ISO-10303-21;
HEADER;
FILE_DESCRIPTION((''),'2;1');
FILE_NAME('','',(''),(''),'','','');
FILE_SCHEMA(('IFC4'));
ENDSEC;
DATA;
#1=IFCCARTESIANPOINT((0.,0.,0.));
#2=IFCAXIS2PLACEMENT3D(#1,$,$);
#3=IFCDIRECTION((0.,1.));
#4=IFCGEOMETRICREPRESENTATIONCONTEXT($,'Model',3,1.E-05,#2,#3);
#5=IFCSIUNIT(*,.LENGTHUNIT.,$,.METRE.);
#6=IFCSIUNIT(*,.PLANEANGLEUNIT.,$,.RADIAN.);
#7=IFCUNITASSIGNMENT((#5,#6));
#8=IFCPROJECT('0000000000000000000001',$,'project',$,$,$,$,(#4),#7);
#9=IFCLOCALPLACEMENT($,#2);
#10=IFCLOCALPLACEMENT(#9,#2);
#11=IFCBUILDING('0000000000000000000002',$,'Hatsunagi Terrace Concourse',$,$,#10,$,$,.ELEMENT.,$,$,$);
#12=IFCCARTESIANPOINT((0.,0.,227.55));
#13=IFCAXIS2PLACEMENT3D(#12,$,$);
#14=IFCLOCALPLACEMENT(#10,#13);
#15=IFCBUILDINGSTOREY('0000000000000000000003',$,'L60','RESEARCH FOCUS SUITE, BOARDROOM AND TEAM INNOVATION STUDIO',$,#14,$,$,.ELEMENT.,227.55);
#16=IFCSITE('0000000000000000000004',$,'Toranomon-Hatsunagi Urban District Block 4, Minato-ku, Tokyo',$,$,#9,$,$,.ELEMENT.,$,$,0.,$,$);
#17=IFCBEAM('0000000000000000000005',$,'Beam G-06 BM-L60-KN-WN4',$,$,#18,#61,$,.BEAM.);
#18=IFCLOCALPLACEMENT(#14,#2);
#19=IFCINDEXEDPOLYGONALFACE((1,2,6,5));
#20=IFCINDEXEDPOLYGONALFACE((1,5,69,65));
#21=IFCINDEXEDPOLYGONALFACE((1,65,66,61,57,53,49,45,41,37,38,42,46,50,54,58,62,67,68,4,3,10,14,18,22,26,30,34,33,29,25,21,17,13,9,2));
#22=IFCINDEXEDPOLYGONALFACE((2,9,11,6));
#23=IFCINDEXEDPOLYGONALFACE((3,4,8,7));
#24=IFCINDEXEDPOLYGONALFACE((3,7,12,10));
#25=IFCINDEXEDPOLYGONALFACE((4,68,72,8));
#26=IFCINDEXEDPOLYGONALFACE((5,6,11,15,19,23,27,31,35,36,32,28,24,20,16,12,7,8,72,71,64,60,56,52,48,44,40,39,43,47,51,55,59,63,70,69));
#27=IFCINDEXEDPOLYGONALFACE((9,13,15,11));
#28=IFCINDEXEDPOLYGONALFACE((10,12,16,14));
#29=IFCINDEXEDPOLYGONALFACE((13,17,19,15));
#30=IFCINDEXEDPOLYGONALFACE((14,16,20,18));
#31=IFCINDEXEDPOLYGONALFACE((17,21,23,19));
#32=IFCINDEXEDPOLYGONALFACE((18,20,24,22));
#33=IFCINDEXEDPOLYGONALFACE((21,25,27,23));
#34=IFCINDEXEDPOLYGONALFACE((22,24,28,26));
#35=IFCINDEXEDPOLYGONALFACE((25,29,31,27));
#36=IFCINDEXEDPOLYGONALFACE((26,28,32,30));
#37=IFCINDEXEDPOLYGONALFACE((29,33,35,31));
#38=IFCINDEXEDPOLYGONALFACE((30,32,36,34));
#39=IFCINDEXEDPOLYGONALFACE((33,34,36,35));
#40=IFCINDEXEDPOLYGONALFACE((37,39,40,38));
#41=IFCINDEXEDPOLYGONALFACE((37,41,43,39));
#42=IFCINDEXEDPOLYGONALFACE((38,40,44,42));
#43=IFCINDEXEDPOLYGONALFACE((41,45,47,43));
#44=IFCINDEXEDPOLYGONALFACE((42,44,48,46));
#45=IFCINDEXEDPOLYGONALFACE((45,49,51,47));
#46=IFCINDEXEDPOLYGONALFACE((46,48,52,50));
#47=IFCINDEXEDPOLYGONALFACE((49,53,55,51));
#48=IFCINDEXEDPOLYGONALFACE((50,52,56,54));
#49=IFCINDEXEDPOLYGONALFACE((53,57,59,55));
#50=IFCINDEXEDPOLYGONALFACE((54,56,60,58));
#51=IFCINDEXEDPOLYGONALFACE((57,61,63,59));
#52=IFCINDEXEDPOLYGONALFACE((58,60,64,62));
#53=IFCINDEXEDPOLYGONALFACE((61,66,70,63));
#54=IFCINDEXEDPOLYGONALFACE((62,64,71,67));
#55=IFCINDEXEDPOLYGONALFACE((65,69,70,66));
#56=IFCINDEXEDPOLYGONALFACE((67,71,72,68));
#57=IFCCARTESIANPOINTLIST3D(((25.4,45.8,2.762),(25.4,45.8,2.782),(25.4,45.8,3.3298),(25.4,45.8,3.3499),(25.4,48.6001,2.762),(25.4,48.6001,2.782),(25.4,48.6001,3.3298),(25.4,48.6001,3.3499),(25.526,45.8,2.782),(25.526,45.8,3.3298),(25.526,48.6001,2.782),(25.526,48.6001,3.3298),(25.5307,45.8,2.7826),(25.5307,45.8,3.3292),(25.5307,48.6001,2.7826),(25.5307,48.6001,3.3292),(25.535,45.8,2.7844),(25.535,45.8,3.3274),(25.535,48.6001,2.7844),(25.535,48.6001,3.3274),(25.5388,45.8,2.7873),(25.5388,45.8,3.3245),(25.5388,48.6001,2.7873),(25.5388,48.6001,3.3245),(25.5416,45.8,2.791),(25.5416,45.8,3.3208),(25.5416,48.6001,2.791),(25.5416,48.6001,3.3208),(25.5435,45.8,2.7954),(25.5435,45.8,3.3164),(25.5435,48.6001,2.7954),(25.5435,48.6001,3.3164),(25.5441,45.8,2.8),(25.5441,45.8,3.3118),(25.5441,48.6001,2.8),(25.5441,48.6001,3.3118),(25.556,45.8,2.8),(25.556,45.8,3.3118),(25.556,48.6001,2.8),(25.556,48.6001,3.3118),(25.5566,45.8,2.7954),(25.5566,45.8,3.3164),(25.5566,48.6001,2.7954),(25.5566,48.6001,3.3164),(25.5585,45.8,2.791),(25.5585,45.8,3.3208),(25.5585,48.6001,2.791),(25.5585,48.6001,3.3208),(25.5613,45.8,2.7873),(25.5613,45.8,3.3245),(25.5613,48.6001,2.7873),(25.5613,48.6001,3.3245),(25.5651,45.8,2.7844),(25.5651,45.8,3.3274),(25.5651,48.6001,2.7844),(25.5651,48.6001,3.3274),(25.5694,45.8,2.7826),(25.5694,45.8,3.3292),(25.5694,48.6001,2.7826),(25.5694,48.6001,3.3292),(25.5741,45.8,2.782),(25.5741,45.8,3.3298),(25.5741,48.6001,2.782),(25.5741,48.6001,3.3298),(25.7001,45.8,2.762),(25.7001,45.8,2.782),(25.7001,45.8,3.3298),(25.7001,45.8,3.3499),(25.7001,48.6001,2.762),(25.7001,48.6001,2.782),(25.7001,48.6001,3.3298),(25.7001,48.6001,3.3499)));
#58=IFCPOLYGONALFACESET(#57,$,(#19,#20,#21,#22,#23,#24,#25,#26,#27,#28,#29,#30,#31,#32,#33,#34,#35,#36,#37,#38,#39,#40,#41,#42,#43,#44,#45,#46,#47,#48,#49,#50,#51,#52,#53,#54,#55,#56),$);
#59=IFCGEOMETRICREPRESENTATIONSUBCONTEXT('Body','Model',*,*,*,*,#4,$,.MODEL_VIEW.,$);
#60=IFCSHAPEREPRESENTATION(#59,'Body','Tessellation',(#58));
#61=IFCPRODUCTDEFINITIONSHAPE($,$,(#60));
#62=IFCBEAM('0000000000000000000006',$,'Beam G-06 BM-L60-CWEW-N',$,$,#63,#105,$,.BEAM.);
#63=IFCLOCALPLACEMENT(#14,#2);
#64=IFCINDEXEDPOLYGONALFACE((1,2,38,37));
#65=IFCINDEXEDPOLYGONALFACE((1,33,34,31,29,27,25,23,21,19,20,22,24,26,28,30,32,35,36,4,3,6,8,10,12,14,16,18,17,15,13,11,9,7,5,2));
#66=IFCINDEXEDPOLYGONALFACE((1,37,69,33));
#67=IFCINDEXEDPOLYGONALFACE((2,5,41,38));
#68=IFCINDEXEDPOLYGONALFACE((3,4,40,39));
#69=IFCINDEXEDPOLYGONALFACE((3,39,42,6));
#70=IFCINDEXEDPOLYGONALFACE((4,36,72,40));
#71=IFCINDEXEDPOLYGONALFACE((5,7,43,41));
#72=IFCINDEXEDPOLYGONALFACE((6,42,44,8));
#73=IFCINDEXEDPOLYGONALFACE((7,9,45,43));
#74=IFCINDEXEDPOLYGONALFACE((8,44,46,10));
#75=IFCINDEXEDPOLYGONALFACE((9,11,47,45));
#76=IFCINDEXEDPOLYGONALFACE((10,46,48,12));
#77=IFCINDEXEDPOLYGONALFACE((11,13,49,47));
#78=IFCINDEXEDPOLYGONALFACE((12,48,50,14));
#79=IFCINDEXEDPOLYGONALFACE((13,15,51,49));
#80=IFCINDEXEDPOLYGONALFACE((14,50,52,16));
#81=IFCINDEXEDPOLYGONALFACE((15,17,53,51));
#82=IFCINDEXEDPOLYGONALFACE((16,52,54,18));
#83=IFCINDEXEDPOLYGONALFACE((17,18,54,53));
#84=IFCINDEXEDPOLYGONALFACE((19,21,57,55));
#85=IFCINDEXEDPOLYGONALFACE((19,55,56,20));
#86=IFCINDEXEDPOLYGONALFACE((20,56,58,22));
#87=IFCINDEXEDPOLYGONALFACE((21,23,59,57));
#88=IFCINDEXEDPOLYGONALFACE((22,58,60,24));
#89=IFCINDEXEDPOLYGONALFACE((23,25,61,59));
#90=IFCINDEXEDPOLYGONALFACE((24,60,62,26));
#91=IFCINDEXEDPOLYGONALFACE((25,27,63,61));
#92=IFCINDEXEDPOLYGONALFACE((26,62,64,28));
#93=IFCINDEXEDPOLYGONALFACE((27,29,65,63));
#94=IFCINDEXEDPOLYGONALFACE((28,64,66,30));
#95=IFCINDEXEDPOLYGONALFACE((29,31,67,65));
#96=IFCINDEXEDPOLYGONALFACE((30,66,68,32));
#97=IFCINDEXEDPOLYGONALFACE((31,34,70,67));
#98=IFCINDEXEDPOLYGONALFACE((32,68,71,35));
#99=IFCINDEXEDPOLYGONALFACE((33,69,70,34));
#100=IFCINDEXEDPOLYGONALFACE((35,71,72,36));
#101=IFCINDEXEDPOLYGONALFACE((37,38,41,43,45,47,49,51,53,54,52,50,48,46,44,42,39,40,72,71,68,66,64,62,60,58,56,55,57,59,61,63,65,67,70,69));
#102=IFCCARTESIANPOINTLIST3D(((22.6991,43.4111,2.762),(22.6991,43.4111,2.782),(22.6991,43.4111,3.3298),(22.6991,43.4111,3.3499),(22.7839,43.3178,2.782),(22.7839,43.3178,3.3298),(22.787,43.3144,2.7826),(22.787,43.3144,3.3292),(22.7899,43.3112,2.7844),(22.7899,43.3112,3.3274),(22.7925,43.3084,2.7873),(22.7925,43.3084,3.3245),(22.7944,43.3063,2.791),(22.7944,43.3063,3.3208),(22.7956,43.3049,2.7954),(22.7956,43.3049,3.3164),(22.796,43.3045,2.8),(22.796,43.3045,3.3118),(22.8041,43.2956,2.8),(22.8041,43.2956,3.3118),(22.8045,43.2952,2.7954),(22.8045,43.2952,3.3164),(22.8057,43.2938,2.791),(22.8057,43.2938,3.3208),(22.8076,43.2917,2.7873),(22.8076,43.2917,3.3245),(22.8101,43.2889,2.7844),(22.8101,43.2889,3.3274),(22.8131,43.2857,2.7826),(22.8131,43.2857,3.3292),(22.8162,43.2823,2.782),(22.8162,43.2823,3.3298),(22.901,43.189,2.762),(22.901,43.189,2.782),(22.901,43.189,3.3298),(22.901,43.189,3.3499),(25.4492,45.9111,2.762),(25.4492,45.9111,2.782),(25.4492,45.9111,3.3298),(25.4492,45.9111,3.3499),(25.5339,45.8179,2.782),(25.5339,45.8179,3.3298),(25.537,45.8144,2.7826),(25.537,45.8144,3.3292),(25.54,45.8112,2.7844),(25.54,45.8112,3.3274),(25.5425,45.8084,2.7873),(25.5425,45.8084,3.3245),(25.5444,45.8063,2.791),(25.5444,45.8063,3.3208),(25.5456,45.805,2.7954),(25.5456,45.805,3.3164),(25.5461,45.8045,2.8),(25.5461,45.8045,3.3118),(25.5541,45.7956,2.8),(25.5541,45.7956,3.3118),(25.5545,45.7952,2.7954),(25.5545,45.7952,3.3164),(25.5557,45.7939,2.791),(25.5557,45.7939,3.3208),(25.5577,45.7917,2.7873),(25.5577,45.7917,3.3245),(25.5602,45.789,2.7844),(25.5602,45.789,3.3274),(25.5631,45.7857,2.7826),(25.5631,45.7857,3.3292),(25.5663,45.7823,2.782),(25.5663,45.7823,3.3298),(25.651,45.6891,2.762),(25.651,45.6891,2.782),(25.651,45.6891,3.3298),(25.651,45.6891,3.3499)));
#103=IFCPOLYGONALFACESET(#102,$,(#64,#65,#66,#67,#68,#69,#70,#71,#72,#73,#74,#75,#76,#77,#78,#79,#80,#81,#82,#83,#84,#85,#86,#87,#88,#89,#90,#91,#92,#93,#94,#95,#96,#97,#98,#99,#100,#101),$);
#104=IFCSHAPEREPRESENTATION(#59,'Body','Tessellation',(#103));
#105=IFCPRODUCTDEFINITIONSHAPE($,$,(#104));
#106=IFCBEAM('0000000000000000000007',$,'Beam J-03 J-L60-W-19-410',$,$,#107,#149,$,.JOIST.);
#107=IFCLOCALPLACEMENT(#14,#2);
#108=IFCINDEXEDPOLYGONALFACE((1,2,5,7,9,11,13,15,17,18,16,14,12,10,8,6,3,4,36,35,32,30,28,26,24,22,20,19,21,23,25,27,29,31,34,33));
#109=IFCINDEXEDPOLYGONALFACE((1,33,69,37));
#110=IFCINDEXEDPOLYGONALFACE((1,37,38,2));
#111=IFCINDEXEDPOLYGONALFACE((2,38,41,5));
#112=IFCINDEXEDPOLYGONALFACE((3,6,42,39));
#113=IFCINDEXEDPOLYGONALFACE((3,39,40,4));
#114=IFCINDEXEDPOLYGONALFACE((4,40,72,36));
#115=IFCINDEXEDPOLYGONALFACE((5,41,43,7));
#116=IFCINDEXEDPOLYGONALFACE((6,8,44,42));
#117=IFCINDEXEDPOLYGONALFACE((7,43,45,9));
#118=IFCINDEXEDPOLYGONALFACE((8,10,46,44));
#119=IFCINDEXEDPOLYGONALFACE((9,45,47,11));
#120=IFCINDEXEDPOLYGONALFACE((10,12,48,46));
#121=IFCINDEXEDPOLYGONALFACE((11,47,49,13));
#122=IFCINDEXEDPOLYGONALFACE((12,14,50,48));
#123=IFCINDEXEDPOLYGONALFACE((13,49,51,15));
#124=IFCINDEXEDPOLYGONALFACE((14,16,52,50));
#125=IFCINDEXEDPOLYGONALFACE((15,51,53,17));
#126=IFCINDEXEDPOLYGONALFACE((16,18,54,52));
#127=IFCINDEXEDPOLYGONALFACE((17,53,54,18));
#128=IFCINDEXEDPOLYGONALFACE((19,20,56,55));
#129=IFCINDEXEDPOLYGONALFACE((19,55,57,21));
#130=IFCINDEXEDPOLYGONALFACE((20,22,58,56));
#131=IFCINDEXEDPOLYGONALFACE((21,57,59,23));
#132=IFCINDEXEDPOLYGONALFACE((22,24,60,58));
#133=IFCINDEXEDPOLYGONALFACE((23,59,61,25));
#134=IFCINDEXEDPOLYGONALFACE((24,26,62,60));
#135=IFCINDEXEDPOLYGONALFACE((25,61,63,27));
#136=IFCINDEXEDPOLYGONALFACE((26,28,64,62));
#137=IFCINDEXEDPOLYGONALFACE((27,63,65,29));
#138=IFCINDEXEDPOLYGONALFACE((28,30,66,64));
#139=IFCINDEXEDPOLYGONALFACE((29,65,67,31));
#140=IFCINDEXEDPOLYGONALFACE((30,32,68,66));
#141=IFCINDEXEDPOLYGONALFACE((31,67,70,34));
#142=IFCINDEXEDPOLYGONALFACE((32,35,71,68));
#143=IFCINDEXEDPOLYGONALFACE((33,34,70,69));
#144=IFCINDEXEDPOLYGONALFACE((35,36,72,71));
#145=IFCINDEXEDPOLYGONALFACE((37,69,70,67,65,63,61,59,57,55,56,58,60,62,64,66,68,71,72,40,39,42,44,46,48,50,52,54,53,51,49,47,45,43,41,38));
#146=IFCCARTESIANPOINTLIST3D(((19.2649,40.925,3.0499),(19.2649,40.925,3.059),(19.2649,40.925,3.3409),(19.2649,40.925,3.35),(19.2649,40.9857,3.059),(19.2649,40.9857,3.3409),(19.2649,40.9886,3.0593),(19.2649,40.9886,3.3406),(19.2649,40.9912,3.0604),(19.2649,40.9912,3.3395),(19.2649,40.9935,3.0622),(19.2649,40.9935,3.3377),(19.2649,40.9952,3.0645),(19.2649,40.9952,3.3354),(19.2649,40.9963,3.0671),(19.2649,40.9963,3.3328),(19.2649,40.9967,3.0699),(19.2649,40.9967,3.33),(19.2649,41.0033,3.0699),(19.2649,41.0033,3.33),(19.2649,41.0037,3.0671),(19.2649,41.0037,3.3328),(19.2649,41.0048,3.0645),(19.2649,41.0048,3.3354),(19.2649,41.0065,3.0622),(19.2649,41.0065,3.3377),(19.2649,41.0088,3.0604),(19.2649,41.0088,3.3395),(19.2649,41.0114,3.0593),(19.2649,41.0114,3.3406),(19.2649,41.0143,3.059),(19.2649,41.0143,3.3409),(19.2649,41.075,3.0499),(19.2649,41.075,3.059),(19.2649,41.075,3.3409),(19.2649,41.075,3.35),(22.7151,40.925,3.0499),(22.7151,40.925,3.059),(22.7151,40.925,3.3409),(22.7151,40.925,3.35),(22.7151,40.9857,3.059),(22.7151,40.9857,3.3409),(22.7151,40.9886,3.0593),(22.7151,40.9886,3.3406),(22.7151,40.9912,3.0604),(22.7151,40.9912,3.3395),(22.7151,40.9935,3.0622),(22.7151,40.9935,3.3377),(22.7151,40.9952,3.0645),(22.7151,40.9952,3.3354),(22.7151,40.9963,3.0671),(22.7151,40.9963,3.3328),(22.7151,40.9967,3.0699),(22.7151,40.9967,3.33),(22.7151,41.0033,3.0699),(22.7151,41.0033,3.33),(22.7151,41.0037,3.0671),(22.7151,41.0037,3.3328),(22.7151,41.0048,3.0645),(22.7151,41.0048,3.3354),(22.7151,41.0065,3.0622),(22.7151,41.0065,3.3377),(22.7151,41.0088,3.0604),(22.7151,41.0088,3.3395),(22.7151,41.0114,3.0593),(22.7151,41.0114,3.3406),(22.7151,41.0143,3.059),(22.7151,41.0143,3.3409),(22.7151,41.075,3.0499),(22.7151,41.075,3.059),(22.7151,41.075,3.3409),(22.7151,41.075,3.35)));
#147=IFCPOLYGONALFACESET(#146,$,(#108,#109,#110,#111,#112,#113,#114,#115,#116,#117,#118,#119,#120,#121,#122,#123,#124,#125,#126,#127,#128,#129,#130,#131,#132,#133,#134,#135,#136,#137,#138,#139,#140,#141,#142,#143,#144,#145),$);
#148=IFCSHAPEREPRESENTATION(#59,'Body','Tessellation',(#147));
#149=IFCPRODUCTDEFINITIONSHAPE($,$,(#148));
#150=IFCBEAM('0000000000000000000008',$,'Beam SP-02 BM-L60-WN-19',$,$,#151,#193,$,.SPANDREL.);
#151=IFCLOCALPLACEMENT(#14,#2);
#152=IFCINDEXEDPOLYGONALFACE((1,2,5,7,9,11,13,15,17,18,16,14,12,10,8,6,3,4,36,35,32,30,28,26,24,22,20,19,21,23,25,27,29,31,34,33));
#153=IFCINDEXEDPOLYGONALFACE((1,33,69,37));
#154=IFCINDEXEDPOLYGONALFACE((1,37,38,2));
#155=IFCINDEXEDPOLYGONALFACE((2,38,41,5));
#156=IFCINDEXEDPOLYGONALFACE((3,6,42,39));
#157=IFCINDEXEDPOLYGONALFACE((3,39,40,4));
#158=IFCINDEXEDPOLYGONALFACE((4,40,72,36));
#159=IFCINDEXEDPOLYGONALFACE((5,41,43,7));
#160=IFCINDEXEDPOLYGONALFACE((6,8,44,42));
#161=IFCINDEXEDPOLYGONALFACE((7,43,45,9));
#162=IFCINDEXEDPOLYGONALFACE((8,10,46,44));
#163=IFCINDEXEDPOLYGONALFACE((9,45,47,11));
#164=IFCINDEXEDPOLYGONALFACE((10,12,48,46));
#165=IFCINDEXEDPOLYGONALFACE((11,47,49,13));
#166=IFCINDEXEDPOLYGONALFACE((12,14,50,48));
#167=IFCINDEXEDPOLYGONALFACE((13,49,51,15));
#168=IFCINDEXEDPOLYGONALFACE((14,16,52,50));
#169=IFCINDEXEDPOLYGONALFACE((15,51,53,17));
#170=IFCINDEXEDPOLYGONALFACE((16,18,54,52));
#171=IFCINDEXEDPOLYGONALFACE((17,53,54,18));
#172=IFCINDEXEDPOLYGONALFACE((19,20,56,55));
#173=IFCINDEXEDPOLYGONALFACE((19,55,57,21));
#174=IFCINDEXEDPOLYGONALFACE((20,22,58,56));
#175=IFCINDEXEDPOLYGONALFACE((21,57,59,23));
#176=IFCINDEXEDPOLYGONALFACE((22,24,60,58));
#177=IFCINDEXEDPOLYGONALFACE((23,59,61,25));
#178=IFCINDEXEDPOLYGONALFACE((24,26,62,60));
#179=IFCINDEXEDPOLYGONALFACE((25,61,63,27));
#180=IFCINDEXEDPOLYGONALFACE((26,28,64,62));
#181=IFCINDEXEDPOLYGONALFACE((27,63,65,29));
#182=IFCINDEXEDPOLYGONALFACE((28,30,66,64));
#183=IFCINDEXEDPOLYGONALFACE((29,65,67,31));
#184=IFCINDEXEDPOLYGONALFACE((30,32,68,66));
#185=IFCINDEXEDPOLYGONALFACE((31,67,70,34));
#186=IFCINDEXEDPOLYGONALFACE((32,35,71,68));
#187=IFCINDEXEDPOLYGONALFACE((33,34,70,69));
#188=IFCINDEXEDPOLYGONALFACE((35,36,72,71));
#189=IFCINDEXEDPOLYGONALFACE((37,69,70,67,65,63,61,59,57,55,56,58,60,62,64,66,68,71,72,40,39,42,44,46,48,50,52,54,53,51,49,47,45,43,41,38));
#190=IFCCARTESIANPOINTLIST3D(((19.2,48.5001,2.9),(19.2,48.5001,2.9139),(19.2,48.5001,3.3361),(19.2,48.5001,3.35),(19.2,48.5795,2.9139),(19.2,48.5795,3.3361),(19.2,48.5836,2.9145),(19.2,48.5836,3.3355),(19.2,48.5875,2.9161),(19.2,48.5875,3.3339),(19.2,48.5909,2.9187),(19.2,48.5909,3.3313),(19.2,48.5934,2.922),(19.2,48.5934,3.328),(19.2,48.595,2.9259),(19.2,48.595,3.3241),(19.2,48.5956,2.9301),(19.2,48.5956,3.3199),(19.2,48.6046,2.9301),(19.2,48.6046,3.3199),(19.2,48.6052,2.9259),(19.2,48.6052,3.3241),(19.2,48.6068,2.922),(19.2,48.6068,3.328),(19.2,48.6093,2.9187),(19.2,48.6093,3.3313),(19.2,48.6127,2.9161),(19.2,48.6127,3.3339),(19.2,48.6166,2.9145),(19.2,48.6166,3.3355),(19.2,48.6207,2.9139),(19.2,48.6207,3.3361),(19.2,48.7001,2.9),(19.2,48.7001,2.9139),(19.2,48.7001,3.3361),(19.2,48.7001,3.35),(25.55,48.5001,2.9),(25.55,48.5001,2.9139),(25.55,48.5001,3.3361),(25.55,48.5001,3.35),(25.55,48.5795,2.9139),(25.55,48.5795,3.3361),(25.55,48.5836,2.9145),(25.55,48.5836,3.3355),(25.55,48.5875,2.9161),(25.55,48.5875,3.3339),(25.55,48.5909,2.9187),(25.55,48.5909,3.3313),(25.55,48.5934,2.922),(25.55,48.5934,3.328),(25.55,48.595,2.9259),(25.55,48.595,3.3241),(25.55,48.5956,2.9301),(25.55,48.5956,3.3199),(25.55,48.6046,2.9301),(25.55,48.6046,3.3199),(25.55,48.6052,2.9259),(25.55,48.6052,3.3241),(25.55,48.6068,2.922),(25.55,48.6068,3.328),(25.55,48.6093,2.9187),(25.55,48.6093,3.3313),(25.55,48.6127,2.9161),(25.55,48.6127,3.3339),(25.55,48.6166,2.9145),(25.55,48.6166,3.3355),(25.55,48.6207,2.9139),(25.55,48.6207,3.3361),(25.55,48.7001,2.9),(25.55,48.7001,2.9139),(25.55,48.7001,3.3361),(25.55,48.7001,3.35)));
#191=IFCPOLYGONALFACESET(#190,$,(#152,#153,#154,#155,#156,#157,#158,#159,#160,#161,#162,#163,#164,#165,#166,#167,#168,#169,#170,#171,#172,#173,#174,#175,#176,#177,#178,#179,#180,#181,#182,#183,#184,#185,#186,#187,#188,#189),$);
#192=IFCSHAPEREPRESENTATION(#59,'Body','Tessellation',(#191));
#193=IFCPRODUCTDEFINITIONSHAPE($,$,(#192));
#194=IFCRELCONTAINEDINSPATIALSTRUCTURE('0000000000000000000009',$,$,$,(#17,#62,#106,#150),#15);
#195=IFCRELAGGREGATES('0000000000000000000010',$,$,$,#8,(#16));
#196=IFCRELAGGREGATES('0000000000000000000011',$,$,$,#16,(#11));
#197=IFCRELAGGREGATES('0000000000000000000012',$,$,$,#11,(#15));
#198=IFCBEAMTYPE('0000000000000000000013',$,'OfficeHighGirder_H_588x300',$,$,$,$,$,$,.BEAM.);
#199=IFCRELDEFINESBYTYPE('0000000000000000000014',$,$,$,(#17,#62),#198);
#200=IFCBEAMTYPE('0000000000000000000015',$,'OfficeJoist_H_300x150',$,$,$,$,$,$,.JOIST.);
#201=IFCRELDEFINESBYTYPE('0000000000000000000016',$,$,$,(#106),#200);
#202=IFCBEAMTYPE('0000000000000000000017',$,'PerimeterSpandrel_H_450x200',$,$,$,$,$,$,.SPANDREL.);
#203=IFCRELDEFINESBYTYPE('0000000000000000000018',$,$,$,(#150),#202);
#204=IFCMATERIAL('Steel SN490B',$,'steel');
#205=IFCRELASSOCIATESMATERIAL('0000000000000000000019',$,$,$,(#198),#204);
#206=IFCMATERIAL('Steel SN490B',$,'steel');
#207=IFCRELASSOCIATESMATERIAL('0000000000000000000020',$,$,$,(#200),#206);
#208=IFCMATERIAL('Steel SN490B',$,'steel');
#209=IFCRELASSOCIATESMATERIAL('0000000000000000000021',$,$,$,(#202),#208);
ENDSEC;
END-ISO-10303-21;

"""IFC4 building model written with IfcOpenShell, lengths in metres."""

from ifc_helpers import new_model, si_unit, direction, frame, origin, origin_2d, place, context, subcontext, project, spatial, i_section, extrude, material, material_profile, profile_set, type_object, element, save


model = new_model("IFC4")

# Units and contexts
model_context = context("Model", 3, precision=1e-05, world=origin(), true_north=direction((0.0, 1.0)))
body_context = subcontext(model_context, "Body", "Model", "MODEL_VIEW")
ifc_project = project(units=[si_unit("LENGTHUNIT", "METRE"), si_unit("PLANEANGLEUNIT", "RADIAN")], contexts=[model_context])

# Site, building, storey
site_placement = place(None, origin())
site = spatial("IfcSite", under=ifc_project, at=site_placement, Name="Toranomon-Hatsunagi Urban District Block 4, Minato-ku, Tokyo", CompositionType="ELEMENT", RefElevation=0.0)
building_placement = place(site_placement, origin())
building = spatial("IfcBuilding", under=site, at=building_placement, Name="Hatsunagi Terrace Concourse", CompositionType="ELEMENT")
storey_placement = place(building_placement, frame((0.0, 0.0, 227.55)))
storey = spatial("IfcBuildingStorey", under=building, at=storey_placement, Name="L60", Description="RESEARCH FOCUS SUITE, BOARDROOM AND TEAM INNOVATION STUDIO", CompositionType="ELEMENT", Elevation=227.55)

# Beams
ifc_material_1 = material(Name="Steel SN490B", Category="steel")
ifc_material_profile_1 = material_profile(ifc_material_1, i_section(OverallWidth=0.3, OverallDepth=0.5879, WebThickness=0.012, FlangeThickness=0.02, FilletRadius=0.0181, at=origin_2d()), Name="H-588x300x12x20")
ifc_profile_set_1 = profile_set([ifc_material_profile_1], Name="Steel SN490B")
beam_type_1 = type_object("IfcBeamType", Name="OfficeHighGirder_H_588x300", PredefinedType="BEAM", material=ifc_profile_set_1)
beam_1_placement = place(storey_placement, frame((25.55, 45.8, 3.0559), z_axis=(0.0, 1.0, 0.0), x_axis=(-1.0, 0.0, 0.0)))
element("IfcBeam", 1, at=beam_1_placement, inside=storey, type_object=beam_type_1, Name="Beam G-06 BM-L60-KN-WN4", PredefinedType="BEAM", context=body_context, shape_type="SweptSolid", body=[
    extrude(i_section(OverallWidth=0.3, OverallDepth=0.5879, WebThickness=0.012, FlangeThickness=0.02, FilletRadius=0.0181, at=origin_2d()), origin(), (0.0, 0.0, 1.0), 2.8),
])
beam_2_placement = place(storey_placement, frame((22.8, 43.3, 3.0559), z_axis=(0.73994, 0.672673, 0.0), x_axis=(-0.672673, 0.73994, 0.0)))
element("IfcBeam", 2, at=beam_2_placement, inside=storey, type_object=beam_type_1, Name="Beam G-06 BM-L60-CWEW-N", PredefinedType="BEAM", context=body_context, shape_type="SweptSolid", body=[
    extrude(i_section(OverallWidth=0.3, OverallDepth=0.5879, WebThickness=0.012, FlangeThickness=0.02, FilletRadius=0.0181, at=origin_2d()), origin(), (0.0, 0.0, 1.0), 3.7166),
])
ifc_material_2 = material(Name="Steel SN490B", Category="steel")
ifc_material_profile_2 = material_profile(ifc_material_2, i_section(OverallWidth=0.1499, OverallDepth=0.3, WebThickness=0.0066, FlangeThickness=0.009, FilletRadius=0.011, at=origin_2d()), Name="H-300x150x6.5x9")
ifc_profile_set_2 = profile_set([ifc_material_profile_2], Name="Steel SN490B")
beam_type_2 = type_object("IfcBeamType", Name="OfficeJoist_H_300x150", PredefinedType="JOIST", material=ifc_profile_set_2)
beam_3_placement = place(storey_placement, frame((19.2649, 41.0, 3.2), z_axis=(1.0, 0.0, 0.0), x_axis=(0.0, 1.0, 0.0)))
element("IfcBeam", 3, at=beam_3_placement, inside=storey, type_object=beam_type_2, Name="Beam J-03 J-L60-W-19-410", PredefinedType="JOIST", context=body_context, shape_type="SweptSolid", body=[
    extrude(i_section(OverallWidth=0.1499, OverallDepth=0.3, WebThickness=0.0066, FlangeThickness=0.009, FilletRadius=0.011, at=origin_2d()), origin(), (0.0, 0.0, 1.0), 3.4502),
])
ifc_material_3 = material(Name="Steel SN490B", Category="steel")
ifc_material_profile_3 = material_profile(ifc_material_3, i_section(OverallWidth=0.2, OverallDepth=0.45, WebThickness=0.009, FlangeThickness=0.0139, FilletRadius=0.0161, at=origin_2d()), Name="H-450x200x9x14")
ifc_profile_set_3 = profile_set([ifc_material_profile_3], Name="Steel SN490B")
beam_type_3 = type_object("IfcBeamType", Name="PerimeterSpandrel_H_450x200", PredefinedType="SPANDREL", material=ifc_profile_set_3)
beam_4_placement = place(storey_placement, frame((19.2, 48.6001, 3.125), z_axis=(1.0, 0.0, 0.0), x_axis=(0.0, 1.0, 0.0)))
element("IfcBeam", 4, at=beam_4_placement, inside=storey, type_object=beam_type_3, Name="Beam SP-02 BM-L60-WN-19", PredefinedType="SPANDREL", context=body_context, shape_type="SweptSolid", body=[
    extrude(i_section(OverallWidth=0.2, OverallDepth=0.45, WebThickness=0.009, FlangeThickness=0.0139, FilletRadius=0.0161, at=origin_2d()), origin(), (0.0, 0.0, 1.0), 6.3501),
])

save(model, "model.ifc")
